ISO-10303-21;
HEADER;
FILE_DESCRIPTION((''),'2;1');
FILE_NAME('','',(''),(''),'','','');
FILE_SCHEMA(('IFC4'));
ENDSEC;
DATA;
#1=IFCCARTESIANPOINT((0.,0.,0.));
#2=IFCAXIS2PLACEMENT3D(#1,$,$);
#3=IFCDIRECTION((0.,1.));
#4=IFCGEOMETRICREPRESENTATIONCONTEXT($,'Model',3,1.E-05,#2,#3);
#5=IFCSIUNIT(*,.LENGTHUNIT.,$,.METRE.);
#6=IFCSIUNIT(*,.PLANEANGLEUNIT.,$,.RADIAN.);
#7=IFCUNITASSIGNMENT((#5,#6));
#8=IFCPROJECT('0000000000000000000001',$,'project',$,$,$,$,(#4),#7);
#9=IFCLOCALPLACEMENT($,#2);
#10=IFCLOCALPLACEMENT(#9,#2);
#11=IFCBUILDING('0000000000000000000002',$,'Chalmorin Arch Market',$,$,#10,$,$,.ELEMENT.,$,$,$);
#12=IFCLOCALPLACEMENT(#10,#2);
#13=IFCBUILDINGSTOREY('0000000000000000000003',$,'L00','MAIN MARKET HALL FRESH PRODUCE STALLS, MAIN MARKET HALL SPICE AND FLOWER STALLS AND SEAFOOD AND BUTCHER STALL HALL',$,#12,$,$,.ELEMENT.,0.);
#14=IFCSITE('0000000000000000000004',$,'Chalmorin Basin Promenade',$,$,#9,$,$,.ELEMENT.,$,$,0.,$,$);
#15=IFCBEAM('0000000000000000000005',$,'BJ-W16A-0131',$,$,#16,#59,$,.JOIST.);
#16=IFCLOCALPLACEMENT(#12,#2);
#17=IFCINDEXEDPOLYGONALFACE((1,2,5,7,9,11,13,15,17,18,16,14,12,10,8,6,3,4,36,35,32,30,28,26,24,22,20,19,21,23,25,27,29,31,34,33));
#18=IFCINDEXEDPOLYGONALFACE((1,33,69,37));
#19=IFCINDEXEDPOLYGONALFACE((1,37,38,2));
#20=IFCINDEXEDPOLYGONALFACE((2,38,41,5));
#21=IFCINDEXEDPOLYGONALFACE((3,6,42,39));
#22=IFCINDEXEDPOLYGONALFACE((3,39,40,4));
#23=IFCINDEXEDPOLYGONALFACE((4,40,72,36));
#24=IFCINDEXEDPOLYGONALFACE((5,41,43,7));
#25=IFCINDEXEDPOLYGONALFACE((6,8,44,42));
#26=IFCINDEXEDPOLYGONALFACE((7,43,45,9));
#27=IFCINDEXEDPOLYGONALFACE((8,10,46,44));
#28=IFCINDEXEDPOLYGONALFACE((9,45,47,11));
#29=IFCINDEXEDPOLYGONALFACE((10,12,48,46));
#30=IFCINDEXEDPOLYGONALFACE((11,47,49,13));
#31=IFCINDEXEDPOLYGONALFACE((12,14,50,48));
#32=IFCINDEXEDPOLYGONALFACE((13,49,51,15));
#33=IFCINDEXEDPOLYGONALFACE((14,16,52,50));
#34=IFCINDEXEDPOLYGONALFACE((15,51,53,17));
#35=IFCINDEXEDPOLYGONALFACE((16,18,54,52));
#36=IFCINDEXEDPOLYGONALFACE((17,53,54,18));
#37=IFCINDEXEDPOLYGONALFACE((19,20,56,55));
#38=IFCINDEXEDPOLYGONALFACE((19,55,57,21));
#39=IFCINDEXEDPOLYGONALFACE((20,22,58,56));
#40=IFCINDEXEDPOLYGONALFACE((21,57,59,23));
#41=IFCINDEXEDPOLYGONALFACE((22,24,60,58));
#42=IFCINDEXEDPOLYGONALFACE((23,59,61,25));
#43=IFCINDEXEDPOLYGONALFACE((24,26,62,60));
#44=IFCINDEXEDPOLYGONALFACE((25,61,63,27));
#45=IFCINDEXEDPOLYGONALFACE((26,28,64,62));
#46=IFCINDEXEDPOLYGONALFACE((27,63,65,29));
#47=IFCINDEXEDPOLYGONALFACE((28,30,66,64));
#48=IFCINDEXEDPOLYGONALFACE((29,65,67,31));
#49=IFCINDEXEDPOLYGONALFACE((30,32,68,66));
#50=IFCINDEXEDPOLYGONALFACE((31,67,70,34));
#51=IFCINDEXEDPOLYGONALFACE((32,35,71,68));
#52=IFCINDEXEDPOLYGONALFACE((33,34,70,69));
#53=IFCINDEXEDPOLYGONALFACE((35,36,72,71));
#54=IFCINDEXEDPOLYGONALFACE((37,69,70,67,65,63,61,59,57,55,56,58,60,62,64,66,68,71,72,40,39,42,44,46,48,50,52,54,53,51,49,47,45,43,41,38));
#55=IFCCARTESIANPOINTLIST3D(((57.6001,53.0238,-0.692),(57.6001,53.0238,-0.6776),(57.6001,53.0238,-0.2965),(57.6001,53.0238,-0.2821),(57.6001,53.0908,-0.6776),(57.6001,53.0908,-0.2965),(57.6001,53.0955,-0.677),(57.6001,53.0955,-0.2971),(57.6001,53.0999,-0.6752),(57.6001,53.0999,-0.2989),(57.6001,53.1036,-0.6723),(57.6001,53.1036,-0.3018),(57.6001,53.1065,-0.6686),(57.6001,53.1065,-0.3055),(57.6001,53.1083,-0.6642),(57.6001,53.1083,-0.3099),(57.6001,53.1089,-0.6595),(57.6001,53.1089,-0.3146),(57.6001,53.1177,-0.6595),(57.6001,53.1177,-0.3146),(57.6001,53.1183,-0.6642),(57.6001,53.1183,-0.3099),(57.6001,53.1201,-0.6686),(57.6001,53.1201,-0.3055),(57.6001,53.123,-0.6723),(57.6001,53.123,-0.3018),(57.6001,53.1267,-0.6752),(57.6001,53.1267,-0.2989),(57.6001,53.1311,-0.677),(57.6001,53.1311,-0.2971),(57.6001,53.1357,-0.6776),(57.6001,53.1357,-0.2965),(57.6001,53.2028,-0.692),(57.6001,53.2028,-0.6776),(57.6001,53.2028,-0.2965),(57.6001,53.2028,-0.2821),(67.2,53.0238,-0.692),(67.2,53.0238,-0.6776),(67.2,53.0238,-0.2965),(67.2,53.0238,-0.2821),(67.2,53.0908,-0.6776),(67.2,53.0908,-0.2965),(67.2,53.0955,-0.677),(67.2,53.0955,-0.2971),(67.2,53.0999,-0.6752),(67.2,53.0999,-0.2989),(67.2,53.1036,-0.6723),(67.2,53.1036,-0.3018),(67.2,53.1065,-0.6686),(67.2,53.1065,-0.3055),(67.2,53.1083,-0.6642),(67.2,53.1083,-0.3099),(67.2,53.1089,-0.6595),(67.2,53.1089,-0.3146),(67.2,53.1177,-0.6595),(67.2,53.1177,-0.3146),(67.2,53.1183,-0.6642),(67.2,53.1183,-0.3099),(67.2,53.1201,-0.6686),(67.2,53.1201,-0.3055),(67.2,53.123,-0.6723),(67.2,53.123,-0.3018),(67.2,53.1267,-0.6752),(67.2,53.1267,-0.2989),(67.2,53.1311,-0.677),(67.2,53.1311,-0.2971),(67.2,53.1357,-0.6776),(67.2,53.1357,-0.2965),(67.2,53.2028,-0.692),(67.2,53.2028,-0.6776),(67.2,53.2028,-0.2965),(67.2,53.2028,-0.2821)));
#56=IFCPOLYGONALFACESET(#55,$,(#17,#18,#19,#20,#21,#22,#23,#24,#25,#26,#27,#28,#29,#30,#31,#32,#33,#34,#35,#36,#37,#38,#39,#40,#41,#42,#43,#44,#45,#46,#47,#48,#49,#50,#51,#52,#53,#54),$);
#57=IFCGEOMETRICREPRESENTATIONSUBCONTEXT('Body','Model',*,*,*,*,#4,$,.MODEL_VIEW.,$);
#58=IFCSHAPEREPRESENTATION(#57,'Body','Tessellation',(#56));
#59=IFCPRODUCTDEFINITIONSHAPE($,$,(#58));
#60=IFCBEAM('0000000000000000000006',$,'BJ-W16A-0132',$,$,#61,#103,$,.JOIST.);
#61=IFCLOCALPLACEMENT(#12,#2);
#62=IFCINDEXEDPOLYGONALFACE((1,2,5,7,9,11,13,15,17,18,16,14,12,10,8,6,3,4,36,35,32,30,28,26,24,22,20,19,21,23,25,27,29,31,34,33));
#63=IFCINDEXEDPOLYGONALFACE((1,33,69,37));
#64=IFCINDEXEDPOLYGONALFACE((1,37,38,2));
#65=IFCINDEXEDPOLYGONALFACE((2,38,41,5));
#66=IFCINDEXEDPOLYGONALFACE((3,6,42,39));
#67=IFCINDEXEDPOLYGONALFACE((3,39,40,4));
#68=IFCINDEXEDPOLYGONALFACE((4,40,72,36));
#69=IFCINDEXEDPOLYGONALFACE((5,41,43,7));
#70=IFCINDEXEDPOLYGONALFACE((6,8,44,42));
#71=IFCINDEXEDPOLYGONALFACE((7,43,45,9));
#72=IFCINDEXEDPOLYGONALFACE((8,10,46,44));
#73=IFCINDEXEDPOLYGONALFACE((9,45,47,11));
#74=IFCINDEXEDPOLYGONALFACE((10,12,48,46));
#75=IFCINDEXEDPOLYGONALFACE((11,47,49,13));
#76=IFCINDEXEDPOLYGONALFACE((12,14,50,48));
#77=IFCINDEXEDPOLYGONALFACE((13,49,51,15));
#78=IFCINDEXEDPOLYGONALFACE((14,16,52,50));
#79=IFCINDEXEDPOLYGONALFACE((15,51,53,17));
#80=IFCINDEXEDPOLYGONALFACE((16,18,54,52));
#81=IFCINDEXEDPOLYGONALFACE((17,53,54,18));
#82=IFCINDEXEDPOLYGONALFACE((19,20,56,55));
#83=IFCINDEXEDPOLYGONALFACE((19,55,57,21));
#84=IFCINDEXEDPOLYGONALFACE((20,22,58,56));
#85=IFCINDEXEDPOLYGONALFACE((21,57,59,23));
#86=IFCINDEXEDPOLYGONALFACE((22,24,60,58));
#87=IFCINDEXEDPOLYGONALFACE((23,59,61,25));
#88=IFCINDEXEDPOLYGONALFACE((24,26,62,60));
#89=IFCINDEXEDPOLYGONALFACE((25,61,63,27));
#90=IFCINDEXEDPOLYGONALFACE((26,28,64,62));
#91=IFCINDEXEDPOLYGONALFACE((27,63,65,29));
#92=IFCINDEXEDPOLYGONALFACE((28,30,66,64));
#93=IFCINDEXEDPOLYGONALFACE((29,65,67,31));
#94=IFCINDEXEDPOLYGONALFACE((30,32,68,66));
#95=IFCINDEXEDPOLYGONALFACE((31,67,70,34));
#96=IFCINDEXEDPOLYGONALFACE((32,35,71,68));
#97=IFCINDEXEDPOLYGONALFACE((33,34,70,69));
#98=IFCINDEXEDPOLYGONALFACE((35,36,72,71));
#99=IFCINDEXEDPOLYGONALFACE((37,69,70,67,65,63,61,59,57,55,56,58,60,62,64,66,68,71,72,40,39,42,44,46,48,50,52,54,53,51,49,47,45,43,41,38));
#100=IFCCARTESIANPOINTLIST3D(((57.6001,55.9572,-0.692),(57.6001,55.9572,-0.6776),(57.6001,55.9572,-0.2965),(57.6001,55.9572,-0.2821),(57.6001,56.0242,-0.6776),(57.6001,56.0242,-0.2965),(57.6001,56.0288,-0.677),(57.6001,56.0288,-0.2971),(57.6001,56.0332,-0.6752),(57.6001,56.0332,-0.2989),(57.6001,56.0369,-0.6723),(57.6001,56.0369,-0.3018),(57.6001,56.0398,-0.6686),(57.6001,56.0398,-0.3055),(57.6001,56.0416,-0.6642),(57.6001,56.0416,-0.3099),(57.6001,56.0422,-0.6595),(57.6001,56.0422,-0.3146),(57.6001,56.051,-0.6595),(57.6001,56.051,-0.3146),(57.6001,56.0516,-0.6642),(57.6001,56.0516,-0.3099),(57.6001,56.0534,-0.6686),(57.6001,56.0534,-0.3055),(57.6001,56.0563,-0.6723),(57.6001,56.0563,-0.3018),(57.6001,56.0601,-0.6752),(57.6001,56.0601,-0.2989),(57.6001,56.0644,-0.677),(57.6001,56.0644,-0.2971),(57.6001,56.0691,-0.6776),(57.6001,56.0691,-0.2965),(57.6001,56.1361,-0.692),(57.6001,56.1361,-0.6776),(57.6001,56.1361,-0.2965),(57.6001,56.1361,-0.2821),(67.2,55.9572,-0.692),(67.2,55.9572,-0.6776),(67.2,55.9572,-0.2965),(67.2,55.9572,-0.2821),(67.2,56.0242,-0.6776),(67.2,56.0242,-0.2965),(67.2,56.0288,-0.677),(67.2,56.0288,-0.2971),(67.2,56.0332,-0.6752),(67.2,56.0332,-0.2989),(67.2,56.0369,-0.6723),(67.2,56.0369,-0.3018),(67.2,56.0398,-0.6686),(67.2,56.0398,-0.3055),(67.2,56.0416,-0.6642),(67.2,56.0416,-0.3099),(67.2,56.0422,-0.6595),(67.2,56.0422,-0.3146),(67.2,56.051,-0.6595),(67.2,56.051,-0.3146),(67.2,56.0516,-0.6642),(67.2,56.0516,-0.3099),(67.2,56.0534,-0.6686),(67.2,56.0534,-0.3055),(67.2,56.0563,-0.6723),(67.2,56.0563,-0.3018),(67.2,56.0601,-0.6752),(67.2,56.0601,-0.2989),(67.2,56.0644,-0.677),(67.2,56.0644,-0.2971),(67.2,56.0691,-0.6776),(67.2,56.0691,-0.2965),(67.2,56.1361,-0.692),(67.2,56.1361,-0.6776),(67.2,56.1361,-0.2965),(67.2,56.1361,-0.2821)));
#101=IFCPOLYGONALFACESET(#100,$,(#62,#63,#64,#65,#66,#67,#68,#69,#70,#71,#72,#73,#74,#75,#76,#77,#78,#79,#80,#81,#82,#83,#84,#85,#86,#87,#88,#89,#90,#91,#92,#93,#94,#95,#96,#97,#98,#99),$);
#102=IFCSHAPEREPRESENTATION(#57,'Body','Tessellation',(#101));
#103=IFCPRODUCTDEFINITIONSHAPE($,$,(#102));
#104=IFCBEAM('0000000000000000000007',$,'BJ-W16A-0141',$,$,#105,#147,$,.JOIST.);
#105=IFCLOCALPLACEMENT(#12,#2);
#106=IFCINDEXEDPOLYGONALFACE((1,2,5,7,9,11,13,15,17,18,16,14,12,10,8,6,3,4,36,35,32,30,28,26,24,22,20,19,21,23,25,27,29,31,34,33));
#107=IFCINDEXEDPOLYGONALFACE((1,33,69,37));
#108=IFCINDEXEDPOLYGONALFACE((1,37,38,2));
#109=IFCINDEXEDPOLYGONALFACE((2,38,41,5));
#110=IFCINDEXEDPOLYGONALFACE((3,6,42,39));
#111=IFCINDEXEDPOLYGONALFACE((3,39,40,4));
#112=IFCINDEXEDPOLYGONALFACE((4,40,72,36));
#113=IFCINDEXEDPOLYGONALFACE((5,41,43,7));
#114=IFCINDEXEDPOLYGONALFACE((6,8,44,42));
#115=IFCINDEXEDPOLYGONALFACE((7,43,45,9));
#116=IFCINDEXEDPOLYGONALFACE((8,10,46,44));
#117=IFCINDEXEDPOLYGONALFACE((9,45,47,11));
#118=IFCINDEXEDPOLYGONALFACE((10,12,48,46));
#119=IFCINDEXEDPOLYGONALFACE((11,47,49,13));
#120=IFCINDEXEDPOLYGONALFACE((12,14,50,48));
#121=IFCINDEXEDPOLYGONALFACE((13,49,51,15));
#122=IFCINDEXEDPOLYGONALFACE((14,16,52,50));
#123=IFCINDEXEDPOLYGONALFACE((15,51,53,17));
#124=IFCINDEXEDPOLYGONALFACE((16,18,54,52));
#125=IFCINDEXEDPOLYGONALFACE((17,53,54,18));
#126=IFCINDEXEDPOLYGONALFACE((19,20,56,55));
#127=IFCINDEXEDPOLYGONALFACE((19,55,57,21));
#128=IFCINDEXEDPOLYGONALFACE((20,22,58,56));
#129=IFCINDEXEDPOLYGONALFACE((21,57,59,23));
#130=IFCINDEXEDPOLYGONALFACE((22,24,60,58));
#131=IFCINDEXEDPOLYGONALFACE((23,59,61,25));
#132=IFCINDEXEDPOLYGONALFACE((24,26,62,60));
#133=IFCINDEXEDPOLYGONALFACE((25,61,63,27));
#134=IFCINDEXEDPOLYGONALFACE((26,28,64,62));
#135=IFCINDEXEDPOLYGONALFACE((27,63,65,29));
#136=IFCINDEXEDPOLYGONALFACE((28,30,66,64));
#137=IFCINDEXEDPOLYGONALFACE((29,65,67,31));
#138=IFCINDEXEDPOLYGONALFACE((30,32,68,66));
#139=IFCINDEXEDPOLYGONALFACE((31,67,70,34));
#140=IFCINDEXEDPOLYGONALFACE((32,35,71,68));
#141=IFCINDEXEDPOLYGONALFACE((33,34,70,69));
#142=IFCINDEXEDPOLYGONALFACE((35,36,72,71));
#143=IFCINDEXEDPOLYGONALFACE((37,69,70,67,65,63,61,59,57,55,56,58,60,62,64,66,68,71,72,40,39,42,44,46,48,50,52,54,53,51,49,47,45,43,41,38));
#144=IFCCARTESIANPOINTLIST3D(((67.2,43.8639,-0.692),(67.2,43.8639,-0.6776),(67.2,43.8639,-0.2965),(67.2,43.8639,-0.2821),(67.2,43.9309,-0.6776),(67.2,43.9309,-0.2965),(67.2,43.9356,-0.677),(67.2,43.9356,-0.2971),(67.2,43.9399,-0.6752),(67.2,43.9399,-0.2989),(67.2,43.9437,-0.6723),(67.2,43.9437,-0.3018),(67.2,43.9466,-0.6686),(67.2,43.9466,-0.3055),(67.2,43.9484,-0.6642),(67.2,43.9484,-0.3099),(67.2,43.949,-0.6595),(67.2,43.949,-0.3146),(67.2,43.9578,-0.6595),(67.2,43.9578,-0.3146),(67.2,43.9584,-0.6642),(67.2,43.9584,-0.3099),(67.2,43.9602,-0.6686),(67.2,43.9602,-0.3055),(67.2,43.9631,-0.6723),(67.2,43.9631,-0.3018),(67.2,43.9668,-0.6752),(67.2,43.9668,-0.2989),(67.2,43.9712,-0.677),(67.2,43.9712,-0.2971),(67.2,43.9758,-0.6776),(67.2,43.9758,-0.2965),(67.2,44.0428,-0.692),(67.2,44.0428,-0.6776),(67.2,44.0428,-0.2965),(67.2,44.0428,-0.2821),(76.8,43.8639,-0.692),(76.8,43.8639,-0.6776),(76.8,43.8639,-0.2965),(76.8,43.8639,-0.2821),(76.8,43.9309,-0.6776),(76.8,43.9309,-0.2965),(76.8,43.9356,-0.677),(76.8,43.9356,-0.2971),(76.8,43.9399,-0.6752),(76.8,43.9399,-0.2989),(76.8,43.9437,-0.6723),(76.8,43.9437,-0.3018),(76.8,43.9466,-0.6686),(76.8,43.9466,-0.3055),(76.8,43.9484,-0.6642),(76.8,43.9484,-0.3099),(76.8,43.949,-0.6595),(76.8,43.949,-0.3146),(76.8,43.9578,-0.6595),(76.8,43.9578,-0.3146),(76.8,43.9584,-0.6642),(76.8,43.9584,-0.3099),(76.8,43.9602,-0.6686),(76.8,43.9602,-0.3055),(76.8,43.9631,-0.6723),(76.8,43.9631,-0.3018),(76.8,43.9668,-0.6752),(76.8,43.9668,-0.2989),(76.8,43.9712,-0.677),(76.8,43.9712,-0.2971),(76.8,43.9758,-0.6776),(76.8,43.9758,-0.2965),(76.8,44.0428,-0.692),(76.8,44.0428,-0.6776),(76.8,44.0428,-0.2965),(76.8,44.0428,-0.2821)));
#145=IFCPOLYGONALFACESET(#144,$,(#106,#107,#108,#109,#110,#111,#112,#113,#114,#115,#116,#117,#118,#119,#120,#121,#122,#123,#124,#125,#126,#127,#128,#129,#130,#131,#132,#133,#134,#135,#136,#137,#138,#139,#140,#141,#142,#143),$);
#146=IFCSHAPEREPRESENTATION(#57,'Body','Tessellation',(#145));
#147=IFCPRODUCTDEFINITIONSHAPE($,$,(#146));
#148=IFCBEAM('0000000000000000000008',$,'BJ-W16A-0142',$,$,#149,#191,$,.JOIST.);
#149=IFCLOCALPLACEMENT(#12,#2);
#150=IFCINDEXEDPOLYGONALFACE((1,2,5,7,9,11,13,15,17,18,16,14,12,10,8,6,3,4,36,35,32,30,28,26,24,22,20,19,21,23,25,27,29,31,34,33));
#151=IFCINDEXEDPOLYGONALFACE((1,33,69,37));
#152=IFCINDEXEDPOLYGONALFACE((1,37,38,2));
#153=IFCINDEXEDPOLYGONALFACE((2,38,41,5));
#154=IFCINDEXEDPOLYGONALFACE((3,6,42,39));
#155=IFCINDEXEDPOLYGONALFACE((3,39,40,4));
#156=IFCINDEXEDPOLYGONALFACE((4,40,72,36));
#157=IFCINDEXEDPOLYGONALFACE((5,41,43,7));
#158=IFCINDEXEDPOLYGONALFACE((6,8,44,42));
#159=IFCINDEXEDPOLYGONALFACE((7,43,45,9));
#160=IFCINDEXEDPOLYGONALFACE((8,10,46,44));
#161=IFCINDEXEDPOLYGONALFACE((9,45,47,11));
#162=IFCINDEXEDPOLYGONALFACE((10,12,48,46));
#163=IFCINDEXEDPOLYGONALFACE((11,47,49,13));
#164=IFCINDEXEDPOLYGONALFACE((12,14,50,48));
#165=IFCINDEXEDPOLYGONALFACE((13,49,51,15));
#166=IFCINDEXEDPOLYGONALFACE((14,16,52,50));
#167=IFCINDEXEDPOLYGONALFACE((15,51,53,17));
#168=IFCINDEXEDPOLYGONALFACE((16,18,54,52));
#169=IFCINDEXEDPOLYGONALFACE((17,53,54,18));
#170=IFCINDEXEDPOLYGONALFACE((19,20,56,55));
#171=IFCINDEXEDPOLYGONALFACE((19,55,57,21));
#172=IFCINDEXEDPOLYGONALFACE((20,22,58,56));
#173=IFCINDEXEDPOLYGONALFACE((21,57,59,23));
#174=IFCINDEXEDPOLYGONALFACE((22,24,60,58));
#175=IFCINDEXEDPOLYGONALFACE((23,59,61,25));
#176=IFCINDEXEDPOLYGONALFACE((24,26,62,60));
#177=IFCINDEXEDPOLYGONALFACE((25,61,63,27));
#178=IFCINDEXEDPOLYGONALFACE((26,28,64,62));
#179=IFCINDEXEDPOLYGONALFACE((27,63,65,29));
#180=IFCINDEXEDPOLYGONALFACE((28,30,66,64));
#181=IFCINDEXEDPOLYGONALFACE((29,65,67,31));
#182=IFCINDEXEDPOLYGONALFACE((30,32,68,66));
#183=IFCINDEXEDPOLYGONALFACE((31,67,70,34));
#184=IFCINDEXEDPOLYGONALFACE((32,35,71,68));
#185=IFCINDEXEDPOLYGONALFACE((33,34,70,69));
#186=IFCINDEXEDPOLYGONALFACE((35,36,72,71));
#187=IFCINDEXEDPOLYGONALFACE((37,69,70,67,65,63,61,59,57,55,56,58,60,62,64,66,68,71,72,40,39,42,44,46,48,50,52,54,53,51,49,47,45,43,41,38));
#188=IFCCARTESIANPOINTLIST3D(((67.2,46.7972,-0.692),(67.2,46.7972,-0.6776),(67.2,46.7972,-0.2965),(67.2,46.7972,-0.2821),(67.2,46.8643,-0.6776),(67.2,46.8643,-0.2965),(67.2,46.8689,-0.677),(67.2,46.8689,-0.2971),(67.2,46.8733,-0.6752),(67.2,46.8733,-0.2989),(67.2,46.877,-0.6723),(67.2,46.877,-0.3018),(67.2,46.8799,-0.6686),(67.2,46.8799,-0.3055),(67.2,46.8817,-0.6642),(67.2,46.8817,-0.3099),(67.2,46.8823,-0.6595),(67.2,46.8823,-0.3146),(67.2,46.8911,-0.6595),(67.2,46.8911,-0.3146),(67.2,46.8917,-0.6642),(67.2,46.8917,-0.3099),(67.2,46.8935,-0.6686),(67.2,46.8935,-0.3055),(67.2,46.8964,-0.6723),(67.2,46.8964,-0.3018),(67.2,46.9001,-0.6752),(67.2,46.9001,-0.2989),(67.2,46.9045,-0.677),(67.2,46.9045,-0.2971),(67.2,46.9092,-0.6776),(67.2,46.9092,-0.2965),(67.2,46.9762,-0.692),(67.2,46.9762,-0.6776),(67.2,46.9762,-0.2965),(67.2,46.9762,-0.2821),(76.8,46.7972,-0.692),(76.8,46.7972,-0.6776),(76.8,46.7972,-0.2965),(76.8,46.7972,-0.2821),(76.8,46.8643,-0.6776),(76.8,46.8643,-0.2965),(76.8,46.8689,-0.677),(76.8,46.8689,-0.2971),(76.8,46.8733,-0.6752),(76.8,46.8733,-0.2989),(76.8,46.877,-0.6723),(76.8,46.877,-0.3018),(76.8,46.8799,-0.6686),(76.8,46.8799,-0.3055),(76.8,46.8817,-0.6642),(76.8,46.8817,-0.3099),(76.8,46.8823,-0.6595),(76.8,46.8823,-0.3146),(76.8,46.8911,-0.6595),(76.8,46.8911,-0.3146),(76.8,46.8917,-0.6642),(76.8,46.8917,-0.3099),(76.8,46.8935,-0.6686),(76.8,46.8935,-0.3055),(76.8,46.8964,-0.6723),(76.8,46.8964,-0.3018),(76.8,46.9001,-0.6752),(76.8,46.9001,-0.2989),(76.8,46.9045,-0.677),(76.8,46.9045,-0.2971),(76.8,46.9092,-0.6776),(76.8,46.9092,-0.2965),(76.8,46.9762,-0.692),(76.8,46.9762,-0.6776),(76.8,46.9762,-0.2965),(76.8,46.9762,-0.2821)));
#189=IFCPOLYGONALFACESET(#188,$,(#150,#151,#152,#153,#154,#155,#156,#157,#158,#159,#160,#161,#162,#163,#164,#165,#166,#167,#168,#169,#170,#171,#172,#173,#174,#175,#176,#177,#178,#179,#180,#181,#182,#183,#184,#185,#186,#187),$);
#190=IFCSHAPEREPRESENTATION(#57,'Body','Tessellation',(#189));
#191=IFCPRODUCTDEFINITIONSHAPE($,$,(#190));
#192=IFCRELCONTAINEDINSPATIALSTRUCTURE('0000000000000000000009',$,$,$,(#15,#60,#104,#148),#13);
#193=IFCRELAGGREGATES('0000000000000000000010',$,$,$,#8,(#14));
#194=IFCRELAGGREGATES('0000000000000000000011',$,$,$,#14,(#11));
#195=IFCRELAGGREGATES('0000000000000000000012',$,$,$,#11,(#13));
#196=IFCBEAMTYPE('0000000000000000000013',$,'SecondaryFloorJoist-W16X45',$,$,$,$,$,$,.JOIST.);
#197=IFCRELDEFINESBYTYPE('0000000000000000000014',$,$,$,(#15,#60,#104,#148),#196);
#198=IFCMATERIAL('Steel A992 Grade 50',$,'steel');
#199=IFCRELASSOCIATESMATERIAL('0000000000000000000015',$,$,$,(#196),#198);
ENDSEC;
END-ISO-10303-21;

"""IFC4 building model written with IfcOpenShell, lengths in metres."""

from ifc_helpers import new_model, si_unit, direction, frame, origin, origin_2d, place, context, subcontext, project, spatial, i_section, extrude, material, material_profile, profile_set, type_object, element, save


model = new_model("IFC4")

# Units and contexts
model_context = context("Model", 3, precision=1e-05, world=origin(), true_north=direction((0.0, 1.0)))
body_context = subcontext(model_context, "Body", "Model", "MODEL_VIEW")
ifc_project = project(units=[si_unit("LENGTHUNIT", "METRE"), si_unit("PLANEANGLEUNIT", "RADIAN")], contexts=[model_context])

# Site, building, storey
site_placement = place(None, origin())
site = spatial("IfcSite", under=ifc_project, at=site_placement, Name="Chalmorin Basin Promenade", CompositionType="ELEMENT", RefElevation=0.0)
building_placement = place(site_placement, origin())
building = spatial("IfcBuilding", under=site, at=building_placement, Name="Chalmorin Arch Market", CompositionType="ELEMENT")
storey_placement = place(building_placement, origin())
storey = spatial("IfcBuildingStorey", under=building, at=storey_placement, Name="L00", Description="MAIN MARKET HALL FRESH PRODUCE STALLS, MAIN MARKET HALL SPICE AND FLOWER STALLS AND SEAFOOD AND BUTCHER STALL HALL", CompositionType="ELEMENT", Elevation=0.0)

# Beams
ifc_material_1 = material(Name="Steel A992 Grade 50", Category="steel")
ifc_material_profile_1 = material_profile(ifc_material_1, i_section(OverallWidth=0.179, OverallDepth=0.4099, WebThickness=0.0088, FlangeThickness=0.0144, FilletRadius=0.0181, at=origin_2d()), Name="W16X45")
ifc_profile_set_1 = profile_set([ifc_material_profile_1], Name="Steel A992 Grade 50")
beam_type_1 = type_object("IfcBeamType", Name="SecondaryFloorJoist-W16X45", PredefinedType="JOIST", material=ifc_profile_set_1)
for number, where, z_axis, x_axis, name in (
    (1, (57.6001, 53.1133, -0.4871), (1.0, 0.0, 0.0), (0.0, 1.0, 0.0), "BJ-W16A-0131"),
    (2, (57.6001, 56.0466, -0.4871), (1.0, 0.0, 0.0), (0.0, 1.0, 0.0), "BJ-W16A-0132"),
):
    element("IfcBeam", number, at=place(storey_placement, frame(where, z_axis=z_axis, x_axis=x_axis)), inside=storey, type_object=beam_type_1, Name=name, PredefinedType="JOIST", context=body_context, shape_type="SweptSolid", body=[
        extrude(i_section(OverallWidth=0.179, OverallDepth=0.4099, WebThickness=0.0088, FlangeThickness=0.0144, FilletRadius=0.0181, at=origin_2d()), origin(), (0.0, 0.0, 1.0), 9.5999),
    ])
for number, where, z_axis, x_axis, name in (
    (3, (67.2, 43.9534, -0.4871), (1.0, 0.0, 0.0), (0.0, 1.0, 0.0), "BJ-W16A-0141"),
    (4, (67.2, 46.8867, -0.4871), (1.0, 0.0, 0.0), (0.0, 1.0, 0.0), "BJ-W16A-0142"),
):
    element("IfcBeam", number, at=place(storey_placement, frame(where, z_axis=z_axis, x_axis=x_axis)), inside=storey, type_object=beam_type_1, Name=name, PredefinedType="JOIST", context=body_context, shape_type="SweptSolid", body=[
        extrude(i_section(OverallWidth=0.179, OverallDepth=0.4099, WebThickness=0.0088, FlangeThickness=0.0144, FilletRadius=0.0181, at=origin_2d()), origin(), (0.0, 0.0, 1.0), 9.6001),
    ])

save(model, "model.ifc")
